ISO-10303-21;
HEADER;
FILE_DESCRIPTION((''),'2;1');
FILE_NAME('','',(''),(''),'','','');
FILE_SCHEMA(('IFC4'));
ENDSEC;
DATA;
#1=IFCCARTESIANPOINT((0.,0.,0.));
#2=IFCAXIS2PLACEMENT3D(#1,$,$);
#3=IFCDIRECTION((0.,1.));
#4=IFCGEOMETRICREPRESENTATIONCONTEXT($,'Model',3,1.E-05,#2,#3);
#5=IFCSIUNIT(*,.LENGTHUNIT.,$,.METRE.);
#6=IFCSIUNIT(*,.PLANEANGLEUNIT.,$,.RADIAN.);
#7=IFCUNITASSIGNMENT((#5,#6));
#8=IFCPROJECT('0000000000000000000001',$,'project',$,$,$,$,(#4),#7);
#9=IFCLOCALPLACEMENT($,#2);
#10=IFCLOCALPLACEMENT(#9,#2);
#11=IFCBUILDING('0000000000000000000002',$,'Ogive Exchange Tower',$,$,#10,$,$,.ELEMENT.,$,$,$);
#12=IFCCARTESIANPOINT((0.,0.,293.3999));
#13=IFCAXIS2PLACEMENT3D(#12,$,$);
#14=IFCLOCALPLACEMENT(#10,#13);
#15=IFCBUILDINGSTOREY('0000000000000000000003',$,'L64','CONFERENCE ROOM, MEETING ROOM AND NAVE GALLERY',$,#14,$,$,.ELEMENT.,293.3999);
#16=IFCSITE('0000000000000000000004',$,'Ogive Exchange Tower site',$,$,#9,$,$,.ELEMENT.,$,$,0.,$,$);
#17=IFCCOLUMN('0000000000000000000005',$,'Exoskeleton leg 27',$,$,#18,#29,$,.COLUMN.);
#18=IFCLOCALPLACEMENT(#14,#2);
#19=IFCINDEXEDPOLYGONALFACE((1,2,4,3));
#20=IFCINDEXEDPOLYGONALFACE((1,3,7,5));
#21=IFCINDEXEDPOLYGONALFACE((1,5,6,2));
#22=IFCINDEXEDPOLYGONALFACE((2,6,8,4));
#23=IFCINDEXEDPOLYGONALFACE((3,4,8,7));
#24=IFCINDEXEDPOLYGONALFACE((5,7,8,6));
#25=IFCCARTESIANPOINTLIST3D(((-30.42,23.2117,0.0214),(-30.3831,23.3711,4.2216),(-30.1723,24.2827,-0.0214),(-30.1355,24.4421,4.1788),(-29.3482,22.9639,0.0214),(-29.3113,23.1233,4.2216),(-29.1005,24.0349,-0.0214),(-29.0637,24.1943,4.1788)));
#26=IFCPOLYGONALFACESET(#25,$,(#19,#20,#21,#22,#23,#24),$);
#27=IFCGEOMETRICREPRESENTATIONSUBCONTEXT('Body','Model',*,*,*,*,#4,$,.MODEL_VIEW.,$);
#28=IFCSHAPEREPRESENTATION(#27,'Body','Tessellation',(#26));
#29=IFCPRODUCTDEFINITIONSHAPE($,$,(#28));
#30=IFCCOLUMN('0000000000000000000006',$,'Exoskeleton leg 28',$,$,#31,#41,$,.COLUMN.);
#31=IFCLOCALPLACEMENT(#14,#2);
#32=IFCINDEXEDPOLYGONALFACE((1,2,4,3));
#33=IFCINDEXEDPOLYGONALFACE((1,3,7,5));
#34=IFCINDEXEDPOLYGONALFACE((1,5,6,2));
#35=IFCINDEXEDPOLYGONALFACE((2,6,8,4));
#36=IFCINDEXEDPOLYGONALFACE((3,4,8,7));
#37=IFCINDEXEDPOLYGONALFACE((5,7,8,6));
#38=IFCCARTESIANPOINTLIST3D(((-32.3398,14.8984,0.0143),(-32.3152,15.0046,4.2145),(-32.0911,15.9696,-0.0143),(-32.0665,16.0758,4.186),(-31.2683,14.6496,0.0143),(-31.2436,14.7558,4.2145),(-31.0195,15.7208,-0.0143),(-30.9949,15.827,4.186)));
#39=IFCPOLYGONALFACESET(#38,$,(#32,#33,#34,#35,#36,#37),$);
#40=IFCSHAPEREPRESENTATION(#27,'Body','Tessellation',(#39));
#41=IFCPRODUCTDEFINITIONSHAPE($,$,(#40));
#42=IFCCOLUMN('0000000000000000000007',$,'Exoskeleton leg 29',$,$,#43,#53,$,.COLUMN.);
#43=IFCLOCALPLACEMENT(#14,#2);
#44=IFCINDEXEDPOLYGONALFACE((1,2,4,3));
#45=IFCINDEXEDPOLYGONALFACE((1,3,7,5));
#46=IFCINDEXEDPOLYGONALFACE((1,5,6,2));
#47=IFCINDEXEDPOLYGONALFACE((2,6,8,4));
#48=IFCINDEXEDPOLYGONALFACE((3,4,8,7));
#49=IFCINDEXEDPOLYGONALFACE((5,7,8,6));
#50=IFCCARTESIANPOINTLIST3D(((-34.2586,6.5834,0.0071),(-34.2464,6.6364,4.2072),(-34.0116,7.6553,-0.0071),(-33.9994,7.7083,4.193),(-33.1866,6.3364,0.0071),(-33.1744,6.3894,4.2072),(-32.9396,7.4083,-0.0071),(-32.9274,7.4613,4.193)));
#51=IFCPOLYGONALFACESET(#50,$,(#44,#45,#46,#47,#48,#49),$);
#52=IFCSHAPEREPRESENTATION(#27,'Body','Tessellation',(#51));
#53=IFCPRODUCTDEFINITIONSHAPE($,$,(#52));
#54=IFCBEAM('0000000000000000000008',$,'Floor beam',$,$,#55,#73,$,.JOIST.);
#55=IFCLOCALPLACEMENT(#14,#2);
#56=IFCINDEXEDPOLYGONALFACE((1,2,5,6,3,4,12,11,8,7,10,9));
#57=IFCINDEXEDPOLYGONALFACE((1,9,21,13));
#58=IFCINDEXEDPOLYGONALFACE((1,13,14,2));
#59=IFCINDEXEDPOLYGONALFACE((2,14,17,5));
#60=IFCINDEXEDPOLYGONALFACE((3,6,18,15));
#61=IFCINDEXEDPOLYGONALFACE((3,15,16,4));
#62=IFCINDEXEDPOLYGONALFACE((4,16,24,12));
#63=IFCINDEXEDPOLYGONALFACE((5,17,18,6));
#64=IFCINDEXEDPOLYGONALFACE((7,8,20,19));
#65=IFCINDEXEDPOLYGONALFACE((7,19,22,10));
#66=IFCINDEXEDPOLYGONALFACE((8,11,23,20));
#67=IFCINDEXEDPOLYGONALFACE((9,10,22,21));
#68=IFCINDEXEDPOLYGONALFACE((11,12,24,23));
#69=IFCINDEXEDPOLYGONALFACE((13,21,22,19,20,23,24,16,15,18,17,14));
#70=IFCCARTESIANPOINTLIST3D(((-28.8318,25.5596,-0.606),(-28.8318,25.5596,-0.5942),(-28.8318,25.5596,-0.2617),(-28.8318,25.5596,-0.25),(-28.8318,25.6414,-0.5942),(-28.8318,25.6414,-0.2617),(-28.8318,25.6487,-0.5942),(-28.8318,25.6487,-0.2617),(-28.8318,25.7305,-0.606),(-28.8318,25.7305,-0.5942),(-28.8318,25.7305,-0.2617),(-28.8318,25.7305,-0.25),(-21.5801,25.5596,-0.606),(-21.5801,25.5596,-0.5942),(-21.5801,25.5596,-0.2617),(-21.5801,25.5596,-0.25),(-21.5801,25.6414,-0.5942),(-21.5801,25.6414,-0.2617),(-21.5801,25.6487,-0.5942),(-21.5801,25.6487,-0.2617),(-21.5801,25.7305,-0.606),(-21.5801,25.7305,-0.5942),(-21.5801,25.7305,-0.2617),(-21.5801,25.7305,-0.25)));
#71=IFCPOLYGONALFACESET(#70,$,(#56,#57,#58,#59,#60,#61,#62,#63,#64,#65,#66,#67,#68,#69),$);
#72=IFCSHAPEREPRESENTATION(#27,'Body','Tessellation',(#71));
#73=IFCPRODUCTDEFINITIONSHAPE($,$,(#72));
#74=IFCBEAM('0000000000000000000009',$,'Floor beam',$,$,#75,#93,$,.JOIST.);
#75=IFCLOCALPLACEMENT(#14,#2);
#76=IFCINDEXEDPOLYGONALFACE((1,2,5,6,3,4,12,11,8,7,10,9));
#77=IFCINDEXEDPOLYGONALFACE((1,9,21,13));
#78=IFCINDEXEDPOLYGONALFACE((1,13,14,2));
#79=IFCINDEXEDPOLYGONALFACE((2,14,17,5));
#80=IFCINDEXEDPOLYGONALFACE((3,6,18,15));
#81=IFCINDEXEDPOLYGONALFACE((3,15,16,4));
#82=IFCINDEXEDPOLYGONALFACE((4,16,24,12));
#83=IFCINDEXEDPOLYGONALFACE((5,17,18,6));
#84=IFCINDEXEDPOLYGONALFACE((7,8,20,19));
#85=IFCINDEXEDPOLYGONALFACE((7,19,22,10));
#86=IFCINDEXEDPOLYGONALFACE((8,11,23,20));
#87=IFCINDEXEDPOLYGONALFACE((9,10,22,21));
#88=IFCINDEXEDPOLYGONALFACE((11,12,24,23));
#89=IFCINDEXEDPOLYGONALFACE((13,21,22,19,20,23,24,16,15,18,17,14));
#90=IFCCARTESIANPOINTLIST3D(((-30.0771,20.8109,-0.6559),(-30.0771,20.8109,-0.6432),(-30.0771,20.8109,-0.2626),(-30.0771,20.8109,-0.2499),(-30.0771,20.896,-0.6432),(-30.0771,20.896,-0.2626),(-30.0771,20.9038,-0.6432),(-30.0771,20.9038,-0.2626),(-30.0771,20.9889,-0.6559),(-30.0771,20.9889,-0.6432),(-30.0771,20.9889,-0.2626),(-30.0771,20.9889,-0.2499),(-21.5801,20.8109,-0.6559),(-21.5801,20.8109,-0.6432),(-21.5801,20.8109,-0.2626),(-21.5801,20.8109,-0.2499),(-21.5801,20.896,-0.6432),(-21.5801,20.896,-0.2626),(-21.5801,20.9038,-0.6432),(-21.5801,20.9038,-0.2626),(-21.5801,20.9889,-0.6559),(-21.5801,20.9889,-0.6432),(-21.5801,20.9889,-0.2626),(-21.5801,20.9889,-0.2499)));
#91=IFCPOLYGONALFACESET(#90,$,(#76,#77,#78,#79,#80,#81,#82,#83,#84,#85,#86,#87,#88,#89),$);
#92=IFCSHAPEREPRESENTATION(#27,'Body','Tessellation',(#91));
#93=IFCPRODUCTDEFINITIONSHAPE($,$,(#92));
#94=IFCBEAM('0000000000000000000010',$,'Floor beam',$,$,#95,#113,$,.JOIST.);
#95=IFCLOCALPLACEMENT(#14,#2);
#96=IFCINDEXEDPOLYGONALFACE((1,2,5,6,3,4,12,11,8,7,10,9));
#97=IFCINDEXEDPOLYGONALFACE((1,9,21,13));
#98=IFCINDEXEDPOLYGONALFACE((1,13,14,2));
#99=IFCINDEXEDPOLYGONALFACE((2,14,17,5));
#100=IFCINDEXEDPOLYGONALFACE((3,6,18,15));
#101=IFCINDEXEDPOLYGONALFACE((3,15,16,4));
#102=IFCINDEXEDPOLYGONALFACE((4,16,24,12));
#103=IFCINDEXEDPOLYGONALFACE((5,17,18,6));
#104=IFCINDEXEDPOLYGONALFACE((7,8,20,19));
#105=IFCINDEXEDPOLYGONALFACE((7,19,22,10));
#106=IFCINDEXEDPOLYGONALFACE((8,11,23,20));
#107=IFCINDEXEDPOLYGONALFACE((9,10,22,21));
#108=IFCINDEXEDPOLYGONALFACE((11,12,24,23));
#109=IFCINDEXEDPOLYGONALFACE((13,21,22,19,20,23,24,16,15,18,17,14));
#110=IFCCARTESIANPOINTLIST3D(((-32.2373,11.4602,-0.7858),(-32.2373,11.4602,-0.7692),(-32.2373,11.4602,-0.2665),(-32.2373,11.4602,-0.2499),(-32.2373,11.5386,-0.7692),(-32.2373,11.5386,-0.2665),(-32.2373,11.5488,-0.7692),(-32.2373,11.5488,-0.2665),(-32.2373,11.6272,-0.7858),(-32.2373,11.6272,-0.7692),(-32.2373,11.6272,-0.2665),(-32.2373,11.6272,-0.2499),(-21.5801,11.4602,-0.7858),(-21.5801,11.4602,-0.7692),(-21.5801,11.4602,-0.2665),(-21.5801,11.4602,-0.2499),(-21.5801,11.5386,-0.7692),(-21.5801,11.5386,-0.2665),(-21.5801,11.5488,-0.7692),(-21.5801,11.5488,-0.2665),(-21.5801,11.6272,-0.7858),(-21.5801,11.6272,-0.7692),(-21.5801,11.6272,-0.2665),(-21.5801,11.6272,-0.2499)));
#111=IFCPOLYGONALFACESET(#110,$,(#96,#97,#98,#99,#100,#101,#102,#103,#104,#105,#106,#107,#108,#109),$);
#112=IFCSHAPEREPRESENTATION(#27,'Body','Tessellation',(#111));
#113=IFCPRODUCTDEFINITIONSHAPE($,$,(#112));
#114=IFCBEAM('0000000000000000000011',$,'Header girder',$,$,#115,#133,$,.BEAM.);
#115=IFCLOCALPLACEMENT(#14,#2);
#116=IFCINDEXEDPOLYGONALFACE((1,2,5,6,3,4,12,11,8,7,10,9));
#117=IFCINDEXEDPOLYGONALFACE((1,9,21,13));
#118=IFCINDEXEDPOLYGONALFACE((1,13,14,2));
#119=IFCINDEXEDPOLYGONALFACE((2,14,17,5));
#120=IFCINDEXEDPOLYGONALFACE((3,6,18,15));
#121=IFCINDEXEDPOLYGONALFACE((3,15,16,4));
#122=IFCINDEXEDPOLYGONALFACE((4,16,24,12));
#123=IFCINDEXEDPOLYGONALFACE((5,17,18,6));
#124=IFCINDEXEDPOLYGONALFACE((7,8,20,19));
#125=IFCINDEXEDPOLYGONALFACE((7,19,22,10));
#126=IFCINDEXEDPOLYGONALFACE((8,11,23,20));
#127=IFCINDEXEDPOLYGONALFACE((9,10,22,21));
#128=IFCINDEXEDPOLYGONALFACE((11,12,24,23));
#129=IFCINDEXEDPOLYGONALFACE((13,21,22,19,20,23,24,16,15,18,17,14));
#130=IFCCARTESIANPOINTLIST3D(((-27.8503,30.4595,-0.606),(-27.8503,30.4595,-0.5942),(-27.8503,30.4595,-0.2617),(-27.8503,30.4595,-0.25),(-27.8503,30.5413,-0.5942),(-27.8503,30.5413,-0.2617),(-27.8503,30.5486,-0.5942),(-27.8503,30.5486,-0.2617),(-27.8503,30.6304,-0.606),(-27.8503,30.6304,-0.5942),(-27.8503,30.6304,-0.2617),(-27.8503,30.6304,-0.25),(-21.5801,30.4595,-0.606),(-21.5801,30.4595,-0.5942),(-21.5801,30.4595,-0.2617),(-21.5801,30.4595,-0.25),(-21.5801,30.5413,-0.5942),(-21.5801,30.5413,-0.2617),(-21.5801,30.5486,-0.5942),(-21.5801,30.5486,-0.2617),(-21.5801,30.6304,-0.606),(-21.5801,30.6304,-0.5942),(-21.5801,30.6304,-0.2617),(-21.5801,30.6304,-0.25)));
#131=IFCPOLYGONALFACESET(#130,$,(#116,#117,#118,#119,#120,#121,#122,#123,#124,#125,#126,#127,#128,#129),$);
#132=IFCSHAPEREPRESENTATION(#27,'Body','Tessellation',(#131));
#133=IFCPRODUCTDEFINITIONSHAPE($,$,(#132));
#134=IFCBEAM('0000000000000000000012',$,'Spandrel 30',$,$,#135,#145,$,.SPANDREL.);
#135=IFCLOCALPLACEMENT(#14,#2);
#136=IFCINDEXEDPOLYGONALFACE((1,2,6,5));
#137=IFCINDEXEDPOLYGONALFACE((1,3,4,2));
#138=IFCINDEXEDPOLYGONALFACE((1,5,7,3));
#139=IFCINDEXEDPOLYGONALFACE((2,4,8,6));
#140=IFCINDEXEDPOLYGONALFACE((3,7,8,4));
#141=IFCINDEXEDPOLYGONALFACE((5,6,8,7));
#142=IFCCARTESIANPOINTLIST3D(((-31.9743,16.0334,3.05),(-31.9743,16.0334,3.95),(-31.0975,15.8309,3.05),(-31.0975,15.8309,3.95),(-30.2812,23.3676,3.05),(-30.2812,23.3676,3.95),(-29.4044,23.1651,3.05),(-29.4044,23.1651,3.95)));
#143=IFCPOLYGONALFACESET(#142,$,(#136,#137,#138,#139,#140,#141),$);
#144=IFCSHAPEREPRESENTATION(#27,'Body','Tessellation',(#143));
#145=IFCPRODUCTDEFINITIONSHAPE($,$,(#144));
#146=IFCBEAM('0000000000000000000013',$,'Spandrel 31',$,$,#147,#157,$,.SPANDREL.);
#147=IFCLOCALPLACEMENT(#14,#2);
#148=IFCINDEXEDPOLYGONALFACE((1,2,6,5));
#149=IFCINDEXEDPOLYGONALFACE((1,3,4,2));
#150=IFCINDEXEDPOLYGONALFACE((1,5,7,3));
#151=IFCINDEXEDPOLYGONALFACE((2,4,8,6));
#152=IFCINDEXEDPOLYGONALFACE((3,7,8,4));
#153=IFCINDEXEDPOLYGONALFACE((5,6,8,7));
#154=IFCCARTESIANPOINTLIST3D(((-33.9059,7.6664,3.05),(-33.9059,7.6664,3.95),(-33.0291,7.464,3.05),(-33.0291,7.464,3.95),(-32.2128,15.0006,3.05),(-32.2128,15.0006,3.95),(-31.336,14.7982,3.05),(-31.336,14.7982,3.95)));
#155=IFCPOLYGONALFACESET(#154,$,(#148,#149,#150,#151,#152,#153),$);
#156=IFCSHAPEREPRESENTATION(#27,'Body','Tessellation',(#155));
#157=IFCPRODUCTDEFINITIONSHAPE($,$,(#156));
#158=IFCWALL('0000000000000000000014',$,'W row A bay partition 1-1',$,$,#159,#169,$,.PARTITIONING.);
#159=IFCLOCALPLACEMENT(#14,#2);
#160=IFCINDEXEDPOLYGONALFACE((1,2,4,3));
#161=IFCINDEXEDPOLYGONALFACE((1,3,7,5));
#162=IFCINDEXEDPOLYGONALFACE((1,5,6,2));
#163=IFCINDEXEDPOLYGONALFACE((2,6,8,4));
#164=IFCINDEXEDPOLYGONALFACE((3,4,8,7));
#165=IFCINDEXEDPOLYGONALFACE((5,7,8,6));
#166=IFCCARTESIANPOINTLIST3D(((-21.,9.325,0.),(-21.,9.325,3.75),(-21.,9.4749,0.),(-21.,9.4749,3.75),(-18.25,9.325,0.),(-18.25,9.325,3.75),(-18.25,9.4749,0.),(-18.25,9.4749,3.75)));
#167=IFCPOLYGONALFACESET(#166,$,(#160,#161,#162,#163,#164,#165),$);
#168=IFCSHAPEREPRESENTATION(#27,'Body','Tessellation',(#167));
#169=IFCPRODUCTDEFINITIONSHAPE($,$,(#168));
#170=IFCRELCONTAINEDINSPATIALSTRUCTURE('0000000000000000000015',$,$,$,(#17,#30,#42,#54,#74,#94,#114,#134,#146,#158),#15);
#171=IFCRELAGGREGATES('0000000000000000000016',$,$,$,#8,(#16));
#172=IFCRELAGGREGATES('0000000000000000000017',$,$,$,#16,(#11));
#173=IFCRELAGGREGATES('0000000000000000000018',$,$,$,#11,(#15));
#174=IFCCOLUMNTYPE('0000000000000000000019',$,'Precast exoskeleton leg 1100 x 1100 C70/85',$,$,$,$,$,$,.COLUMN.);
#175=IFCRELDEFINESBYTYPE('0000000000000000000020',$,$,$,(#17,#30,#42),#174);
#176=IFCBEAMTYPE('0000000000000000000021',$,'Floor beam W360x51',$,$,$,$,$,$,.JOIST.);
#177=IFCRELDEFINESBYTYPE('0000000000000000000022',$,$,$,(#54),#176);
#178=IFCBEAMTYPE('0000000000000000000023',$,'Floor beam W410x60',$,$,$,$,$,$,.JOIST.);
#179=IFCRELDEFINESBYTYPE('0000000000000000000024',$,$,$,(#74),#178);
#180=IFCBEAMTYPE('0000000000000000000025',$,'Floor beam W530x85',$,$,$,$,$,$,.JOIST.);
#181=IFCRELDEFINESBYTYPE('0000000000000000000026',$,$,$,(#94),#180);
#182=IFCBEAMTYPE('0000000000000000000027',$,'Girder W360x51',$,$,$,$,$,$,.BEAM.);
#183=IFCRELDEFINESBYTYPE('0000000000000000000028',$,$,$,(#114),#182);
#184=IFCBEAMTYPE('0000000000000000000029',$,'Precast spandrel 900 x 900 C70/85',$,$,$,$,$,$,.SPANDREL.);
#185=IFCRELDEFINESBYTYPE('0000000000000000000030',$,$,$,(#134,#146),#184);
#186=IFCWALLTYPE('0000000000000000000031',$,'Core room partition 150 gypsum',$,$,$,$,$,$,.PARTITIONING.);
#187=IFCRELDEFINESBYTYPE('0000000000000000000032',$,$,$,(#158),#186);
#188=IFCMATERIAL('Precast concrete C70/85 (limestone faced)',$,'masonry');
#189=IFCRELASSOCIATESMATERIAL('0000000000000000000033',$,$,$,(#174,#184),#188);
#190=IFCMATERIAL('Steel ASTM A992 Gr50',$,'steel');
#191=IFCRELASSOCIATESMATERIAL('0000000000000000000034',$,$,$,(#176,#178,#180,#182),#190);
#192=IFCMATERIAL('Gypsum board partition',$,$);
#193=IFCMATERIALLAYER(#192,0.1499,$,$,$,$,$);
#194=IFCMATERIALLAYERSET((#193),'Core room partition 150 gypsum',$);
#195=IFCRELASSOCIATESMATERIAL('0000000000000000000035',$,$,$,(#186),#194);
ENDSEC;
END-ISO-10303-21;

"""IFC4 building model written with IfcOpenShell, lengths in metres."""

from ifc_helpers import new_model, si_unit, direction, frame, frame_2d, origin, origin_2d, place, context, subcontext, project, spatial, rectangle, i_section, extrude, material, layer, layer_set, material_profile, profile_set, type_object, element, save


model = new_model("IFC4")

# Units and contexts
model_context = context("Model", 3, precision=1e-05, world=origin(), true_north=direction((0.0, 1.0)))
body_context = subcontext(model_context, "Body", "Model", "MODEL_VIEW")
ifc_project = project(units=[si_unit("LENGTHUNIT", "METRE"), si_unit("PLANEANGLEUNIT", "RADIAN")], contexts=[model_context])

# Site, building, storey
site_placement = place(None, origin())
site = spatial("IfcSite", under=ifc_project, at=site_placement, Name="Ogive Exchange Tower site", CompositionType="ELEMENT", RefElevation=0.0)
building_placement = place(site_placement, origin())
building = spatial("IfcBuilding", under=site, at=building_placement, Name="Ogive Exchange Tower", CompositionType="ELEMENT")
storey_placement = place(building_placement, frame((0.0, 0.0, 293.3999)))
storey = spatial("IfcBuildingStorey", under=building, at=storey_placement, Name="L64", Description="CONFERENCE ROOM, MEETING ROOM AND NAVE GALLERY", CompositionType="ELEMENT", Elevation=293.3999)

# Columns
ifc_material_1 = material(Name="Precast concrete C70/85 (limestone faced)", Category="masonry")
ifc_material_profile_1 = material_profile(ifc_material_1, rectangle(XDim=1.1001, YDim=1.1001, at=origin_2d()), Name="1100 x 1100")
ifc_profile_set_1 = profile_set([ifc_material_profile_1], Name="Precast concrete C70/85 (limestone faced)")
column_type = type_object("IfcColumnType", Name="Precast exoskeleton leg 1100 x 1100 C70/85", PredefinedType="COLUMN", material=ifc_profile_set_1)
column_1_placement = place(storey_placement, frame((-29.7603, 23.6233, 0.0), z_axis=(0.00877, 0.037928, 0.999242), x_axis=(-0.974291, 0.225295, 0.0)))
element("IfcColumn", 1, at=column_1_placement, inside=storey, type_object=column_type, Name="Exoskeleton leg 27", PredefinedType="COLUMN", context=body_context, shape_type="SweptSolid", body=[
    extrude(rectangle(XDim=1.1001, YDim=1.1001, at=origin_2d()), origin(), (0.0, 0.0, 1.0), 4.2034),
])
column_2_placement = place(storey_placement, frame((-31.6797, 15.3096, 0.0), z_axis=(0.005869, 0.025276, 0.999663), x_axis=(-0.974088, 0.226168, 0.0)))
element("IfcColumn", 2, at=column_2_placement, inside=storey, type_object=column_type, Name="Exoskeleton leg 28", PredefinedType="COLUMN", context=body_context, shape_type="SweptSolid", body=[
    extrude(rectangle(XDim=1.1001, YDim=1.1001, at=origin_2d()), origin(), (0.0, 0.0, 1.0), 4.2017),
])
column_3_placement = place(storey_placement, frame((-33.5991, 6.9958, 0.0), z_axis=(0.002906, 0.012612, 0.999916), x_axis=(-0.974467, 0.224532, 0.0)))
element("IfcColumn", 3, at=column_3_placement, inside=storey, type_object=column_type, Name="Exoskeleton leg 29", PredefinedType="COLUMN", context=body_context, shape_type="SweptSolid", body=[
    extrude(rectangle(XDim=1.1001, YDim=1.1001, at=origin_2d()), origin(), (0.0, 0.0, 1.0), 4.2004),
])

# Beams
ifc_material_2 = material(Name="Steel ASTM A992 Gr50", Category="steel")
ifc_material_profile_2 = material_profile(ifc_material_2, i_section(OverallWidth=0.1709, OverallDepth=0.356, WebThickness=0.0073, FlangeThickness=0.0117, at=origin_2d()), Name="W360x51")
ifc_profile_set_2 = profile_set([ifc_material_profile_2], Name="Steel ASTM A992 Gr50")
beam_type_1 = type_object("IfcBeamType", Name="Floor beam W360x51", PredefinedType="JOIST", material=ifc_profile_set_2)
beam_1_placement = place(storey_placement, frame((-28.8318, 25.645, -0.428), z_axis=(1.0, 0.0, 0.0), x_axis=(0.0, 1.0, 0.0)))
element("IfcBeam", 4, at=beam_1_placement, inside=storey, type_object=beam_type_1, Name="Floor beam", PredefinedType="JOIST", context=body_context, shape_type="SweptSolid", body=[
    extrude(i_section(OverallWidth=0.1709, OverallDepth=0.356, WebThickness=0.0073, FlangeThickness=0.0117, at=origin_2d()), origin(), (0.0, 0.0, 1.0), 7.2517),
])
ifc_material_profile_3 = material_profile(ifc_material_2, i_section(OverallWidth=0.178, OverallDepth=0.406, WebThickness=0.0078, FlangeThickness=0.0127, at=origin_2d()), Name="W410x60")
ifc_profile_set_3 = profile_set([ifc_material_profile_3], Name="Steel ASTM A992 Gr50")
beam_type_2 = type_object("IfcBeamType", Name="Floor beam W410x60", PredefinedType="JOIST", material=ifc_profile_set_3)
beam_2_placement = place(storey_placement, frame((-30.0771, 20.8999, -0.4529), z_axis=(1.0, 0.0, 0.0), x_axis=(0.0, 1.0, 0.0)))
element("IfcBeam", 5, at=beam_2_placement, inside=storey, type_object=beam_type_2, Name="Floor beam", PredefinedType="JOIST", context=body_context, shape_type="SweptSolid", body=[
    extrude(i_section(OverallWidth=0.178, OverallDepth=0.406, WebThickness=0.0078, FlangeThickness=0.0127, at=origin_2d()), origin(), (0.0, 0.0, 1.0), 8.4971),
])
ifc_material_profile_4 = material_profile(ifc_material_2, i_section(OverallWidth=0.167, OverallDepth=0.5359, WebThickness=0.0103, FlangeThickness=0.0166, at=origin_2d()), Name="W530x85")
ifc_profile_set_4 = profile_set([ifc_material_profile_4], Name="Steel ASTM A992 Gr50")
beam_type_3 = type_object("IfcBeamType", Name="Floor beam W530x85", PredefinedType="JOIST", material=ifc_profile_set_4)
beam_3_placement = place(storey_placement, frame((-32.2373, 11.5437, -0.5178), z_axis=(1.0, 0.0, 0.0), x_axis=(0.0, 1.0, 0.0)))
element("IfcBeam", 6, at=beam_3_placement, inside=storey, type_object=beam_type_3, Name="Floor beam", PredefinedType="JOIST", context=body_context, shape_type="SweptSolid", body=[
    extrude(i_section(OverallWidth=0.167, OverallDepth=0.5359, WebThickness=0.0103, FlangeThickness=0.0166, at=origin_2d()), origin(), (0.0, 0.0, 1.0), 10.6572),
])
ifc_material_profile_5 = material_profile(ifc_material_2, i_section(OverallWidth=0.1709, OverallDepth=0.356, WebThickness=0.0073, FlangeThickness=0.0117, at=origin_2d()), Name="W360x51")
ifc_profile_set_5 = profile_set([ifc_material_profile_5], Name="Steel ASTM A992 Gr50")
beam_type_4 = type_object("IfcBeamType", Name="Girder W360x51", PredefinedType="BEAM", material=ifc_profile_set_5)
beam_4_placement = place(storey_placement, frame((-27.8503, 30.5449, -0.428), z_axis=(1.0, 0.0, 0.0), x_axis=(0.0, 1.0, 0.0)))
element("IfcBeam", 7, at=beam_4_placement, inside=storey, type_object=beam_type_4, Name="Header girder", PredefinedType="BEAM", context=body_context, shape_type="SweptSolid", body=[
    extrude(i_section(OverallWidth=0.1709, OverallDepth=0.356, WebThickness=0.0073, FlangeThickness=0.0117, at=origin_2d()), origin(), (0.0, 0.0, 1.0), 6.2703),
])
ifc_material_profile_6 = material_profile(ifc_material_1, rectangle(XDim=0.8999, YDim=0.8999, at=origin_2d()), Name="900 x 900")
ifc_profile_set_6 = profile_set([ifc_material_profile_6], Name="Precast concrete C70/85 (limestone faced)")
beam_type_5 = type_object("IfcBeamType", Name="Precast spandrel 900 x 900 C70/85", PredefinedType="SPANDREL", material=ifc_profile_set_6)
for number, where, z_axis, x_axis, name in (
    (8, (-29.8428, 23.2664, 3.5), (-0.224935, -0.974374, 0.0), (0.974374, -0.224935, 0.0), "Spandrel 30"),
    (9, (-31.7744, 14.8994, 3.5), (-0.224935, -0.974374, 0.0), (0.974374, -0.224935, 0.0), "Spandrel 31"),
):
    element("IfcBeam", number, at=place(storey_placement, frame(where, z_axis=z_axis, x_axis=x_axis)), inside=storey, type_object=beam_type_5, Name=name, PredefinedType="SPANDREL", context=body_context, shape_type="SweptSolid", body=[
        extrude(rectangle(XDim=0.8999, YDim=0.8999, at=origin_2d()), origin(), (0.0, 0.0, 1.0), 7.5271),
    ])

# Wall
ifc_material_3 = material(Name="Gypsum board partition")
ifc_layer_1 = layer(ifc_material_3, 0.1499)
ifc_layer_set_1 = layer_set([ifc_layer_1], Name="Core room partition 150 gypsum")
wall_type_1 = type_object("IfcWallType", Name="Core room partition 150 gypsum", PredefinedType="PARTITIONING", material=ifc_layer_set_1)
wall_1_placement = place(storey_placement, frame((-21.0, 9.3999, 0.0), z_axis=(0.0, 0.0, 1.0), x_axis=(1.0, 0.0, 0.0)))
element("IfcWall", 10, at=wall_1_placement, inside=storey, type_object=wall_type_1, Name="W row A bay partition 1-1", PredefinedType="PARTITIONING", context=body_context, shape_type="SweptSolid", body=[
    extrude(rectangle(XDim=2.75, YDim=0.1499, at=frame_2d((1.375, 0.0))), origin(), (0.0, 0.0, 1.0), 3.75),
])

save(model, "model.ifc")
